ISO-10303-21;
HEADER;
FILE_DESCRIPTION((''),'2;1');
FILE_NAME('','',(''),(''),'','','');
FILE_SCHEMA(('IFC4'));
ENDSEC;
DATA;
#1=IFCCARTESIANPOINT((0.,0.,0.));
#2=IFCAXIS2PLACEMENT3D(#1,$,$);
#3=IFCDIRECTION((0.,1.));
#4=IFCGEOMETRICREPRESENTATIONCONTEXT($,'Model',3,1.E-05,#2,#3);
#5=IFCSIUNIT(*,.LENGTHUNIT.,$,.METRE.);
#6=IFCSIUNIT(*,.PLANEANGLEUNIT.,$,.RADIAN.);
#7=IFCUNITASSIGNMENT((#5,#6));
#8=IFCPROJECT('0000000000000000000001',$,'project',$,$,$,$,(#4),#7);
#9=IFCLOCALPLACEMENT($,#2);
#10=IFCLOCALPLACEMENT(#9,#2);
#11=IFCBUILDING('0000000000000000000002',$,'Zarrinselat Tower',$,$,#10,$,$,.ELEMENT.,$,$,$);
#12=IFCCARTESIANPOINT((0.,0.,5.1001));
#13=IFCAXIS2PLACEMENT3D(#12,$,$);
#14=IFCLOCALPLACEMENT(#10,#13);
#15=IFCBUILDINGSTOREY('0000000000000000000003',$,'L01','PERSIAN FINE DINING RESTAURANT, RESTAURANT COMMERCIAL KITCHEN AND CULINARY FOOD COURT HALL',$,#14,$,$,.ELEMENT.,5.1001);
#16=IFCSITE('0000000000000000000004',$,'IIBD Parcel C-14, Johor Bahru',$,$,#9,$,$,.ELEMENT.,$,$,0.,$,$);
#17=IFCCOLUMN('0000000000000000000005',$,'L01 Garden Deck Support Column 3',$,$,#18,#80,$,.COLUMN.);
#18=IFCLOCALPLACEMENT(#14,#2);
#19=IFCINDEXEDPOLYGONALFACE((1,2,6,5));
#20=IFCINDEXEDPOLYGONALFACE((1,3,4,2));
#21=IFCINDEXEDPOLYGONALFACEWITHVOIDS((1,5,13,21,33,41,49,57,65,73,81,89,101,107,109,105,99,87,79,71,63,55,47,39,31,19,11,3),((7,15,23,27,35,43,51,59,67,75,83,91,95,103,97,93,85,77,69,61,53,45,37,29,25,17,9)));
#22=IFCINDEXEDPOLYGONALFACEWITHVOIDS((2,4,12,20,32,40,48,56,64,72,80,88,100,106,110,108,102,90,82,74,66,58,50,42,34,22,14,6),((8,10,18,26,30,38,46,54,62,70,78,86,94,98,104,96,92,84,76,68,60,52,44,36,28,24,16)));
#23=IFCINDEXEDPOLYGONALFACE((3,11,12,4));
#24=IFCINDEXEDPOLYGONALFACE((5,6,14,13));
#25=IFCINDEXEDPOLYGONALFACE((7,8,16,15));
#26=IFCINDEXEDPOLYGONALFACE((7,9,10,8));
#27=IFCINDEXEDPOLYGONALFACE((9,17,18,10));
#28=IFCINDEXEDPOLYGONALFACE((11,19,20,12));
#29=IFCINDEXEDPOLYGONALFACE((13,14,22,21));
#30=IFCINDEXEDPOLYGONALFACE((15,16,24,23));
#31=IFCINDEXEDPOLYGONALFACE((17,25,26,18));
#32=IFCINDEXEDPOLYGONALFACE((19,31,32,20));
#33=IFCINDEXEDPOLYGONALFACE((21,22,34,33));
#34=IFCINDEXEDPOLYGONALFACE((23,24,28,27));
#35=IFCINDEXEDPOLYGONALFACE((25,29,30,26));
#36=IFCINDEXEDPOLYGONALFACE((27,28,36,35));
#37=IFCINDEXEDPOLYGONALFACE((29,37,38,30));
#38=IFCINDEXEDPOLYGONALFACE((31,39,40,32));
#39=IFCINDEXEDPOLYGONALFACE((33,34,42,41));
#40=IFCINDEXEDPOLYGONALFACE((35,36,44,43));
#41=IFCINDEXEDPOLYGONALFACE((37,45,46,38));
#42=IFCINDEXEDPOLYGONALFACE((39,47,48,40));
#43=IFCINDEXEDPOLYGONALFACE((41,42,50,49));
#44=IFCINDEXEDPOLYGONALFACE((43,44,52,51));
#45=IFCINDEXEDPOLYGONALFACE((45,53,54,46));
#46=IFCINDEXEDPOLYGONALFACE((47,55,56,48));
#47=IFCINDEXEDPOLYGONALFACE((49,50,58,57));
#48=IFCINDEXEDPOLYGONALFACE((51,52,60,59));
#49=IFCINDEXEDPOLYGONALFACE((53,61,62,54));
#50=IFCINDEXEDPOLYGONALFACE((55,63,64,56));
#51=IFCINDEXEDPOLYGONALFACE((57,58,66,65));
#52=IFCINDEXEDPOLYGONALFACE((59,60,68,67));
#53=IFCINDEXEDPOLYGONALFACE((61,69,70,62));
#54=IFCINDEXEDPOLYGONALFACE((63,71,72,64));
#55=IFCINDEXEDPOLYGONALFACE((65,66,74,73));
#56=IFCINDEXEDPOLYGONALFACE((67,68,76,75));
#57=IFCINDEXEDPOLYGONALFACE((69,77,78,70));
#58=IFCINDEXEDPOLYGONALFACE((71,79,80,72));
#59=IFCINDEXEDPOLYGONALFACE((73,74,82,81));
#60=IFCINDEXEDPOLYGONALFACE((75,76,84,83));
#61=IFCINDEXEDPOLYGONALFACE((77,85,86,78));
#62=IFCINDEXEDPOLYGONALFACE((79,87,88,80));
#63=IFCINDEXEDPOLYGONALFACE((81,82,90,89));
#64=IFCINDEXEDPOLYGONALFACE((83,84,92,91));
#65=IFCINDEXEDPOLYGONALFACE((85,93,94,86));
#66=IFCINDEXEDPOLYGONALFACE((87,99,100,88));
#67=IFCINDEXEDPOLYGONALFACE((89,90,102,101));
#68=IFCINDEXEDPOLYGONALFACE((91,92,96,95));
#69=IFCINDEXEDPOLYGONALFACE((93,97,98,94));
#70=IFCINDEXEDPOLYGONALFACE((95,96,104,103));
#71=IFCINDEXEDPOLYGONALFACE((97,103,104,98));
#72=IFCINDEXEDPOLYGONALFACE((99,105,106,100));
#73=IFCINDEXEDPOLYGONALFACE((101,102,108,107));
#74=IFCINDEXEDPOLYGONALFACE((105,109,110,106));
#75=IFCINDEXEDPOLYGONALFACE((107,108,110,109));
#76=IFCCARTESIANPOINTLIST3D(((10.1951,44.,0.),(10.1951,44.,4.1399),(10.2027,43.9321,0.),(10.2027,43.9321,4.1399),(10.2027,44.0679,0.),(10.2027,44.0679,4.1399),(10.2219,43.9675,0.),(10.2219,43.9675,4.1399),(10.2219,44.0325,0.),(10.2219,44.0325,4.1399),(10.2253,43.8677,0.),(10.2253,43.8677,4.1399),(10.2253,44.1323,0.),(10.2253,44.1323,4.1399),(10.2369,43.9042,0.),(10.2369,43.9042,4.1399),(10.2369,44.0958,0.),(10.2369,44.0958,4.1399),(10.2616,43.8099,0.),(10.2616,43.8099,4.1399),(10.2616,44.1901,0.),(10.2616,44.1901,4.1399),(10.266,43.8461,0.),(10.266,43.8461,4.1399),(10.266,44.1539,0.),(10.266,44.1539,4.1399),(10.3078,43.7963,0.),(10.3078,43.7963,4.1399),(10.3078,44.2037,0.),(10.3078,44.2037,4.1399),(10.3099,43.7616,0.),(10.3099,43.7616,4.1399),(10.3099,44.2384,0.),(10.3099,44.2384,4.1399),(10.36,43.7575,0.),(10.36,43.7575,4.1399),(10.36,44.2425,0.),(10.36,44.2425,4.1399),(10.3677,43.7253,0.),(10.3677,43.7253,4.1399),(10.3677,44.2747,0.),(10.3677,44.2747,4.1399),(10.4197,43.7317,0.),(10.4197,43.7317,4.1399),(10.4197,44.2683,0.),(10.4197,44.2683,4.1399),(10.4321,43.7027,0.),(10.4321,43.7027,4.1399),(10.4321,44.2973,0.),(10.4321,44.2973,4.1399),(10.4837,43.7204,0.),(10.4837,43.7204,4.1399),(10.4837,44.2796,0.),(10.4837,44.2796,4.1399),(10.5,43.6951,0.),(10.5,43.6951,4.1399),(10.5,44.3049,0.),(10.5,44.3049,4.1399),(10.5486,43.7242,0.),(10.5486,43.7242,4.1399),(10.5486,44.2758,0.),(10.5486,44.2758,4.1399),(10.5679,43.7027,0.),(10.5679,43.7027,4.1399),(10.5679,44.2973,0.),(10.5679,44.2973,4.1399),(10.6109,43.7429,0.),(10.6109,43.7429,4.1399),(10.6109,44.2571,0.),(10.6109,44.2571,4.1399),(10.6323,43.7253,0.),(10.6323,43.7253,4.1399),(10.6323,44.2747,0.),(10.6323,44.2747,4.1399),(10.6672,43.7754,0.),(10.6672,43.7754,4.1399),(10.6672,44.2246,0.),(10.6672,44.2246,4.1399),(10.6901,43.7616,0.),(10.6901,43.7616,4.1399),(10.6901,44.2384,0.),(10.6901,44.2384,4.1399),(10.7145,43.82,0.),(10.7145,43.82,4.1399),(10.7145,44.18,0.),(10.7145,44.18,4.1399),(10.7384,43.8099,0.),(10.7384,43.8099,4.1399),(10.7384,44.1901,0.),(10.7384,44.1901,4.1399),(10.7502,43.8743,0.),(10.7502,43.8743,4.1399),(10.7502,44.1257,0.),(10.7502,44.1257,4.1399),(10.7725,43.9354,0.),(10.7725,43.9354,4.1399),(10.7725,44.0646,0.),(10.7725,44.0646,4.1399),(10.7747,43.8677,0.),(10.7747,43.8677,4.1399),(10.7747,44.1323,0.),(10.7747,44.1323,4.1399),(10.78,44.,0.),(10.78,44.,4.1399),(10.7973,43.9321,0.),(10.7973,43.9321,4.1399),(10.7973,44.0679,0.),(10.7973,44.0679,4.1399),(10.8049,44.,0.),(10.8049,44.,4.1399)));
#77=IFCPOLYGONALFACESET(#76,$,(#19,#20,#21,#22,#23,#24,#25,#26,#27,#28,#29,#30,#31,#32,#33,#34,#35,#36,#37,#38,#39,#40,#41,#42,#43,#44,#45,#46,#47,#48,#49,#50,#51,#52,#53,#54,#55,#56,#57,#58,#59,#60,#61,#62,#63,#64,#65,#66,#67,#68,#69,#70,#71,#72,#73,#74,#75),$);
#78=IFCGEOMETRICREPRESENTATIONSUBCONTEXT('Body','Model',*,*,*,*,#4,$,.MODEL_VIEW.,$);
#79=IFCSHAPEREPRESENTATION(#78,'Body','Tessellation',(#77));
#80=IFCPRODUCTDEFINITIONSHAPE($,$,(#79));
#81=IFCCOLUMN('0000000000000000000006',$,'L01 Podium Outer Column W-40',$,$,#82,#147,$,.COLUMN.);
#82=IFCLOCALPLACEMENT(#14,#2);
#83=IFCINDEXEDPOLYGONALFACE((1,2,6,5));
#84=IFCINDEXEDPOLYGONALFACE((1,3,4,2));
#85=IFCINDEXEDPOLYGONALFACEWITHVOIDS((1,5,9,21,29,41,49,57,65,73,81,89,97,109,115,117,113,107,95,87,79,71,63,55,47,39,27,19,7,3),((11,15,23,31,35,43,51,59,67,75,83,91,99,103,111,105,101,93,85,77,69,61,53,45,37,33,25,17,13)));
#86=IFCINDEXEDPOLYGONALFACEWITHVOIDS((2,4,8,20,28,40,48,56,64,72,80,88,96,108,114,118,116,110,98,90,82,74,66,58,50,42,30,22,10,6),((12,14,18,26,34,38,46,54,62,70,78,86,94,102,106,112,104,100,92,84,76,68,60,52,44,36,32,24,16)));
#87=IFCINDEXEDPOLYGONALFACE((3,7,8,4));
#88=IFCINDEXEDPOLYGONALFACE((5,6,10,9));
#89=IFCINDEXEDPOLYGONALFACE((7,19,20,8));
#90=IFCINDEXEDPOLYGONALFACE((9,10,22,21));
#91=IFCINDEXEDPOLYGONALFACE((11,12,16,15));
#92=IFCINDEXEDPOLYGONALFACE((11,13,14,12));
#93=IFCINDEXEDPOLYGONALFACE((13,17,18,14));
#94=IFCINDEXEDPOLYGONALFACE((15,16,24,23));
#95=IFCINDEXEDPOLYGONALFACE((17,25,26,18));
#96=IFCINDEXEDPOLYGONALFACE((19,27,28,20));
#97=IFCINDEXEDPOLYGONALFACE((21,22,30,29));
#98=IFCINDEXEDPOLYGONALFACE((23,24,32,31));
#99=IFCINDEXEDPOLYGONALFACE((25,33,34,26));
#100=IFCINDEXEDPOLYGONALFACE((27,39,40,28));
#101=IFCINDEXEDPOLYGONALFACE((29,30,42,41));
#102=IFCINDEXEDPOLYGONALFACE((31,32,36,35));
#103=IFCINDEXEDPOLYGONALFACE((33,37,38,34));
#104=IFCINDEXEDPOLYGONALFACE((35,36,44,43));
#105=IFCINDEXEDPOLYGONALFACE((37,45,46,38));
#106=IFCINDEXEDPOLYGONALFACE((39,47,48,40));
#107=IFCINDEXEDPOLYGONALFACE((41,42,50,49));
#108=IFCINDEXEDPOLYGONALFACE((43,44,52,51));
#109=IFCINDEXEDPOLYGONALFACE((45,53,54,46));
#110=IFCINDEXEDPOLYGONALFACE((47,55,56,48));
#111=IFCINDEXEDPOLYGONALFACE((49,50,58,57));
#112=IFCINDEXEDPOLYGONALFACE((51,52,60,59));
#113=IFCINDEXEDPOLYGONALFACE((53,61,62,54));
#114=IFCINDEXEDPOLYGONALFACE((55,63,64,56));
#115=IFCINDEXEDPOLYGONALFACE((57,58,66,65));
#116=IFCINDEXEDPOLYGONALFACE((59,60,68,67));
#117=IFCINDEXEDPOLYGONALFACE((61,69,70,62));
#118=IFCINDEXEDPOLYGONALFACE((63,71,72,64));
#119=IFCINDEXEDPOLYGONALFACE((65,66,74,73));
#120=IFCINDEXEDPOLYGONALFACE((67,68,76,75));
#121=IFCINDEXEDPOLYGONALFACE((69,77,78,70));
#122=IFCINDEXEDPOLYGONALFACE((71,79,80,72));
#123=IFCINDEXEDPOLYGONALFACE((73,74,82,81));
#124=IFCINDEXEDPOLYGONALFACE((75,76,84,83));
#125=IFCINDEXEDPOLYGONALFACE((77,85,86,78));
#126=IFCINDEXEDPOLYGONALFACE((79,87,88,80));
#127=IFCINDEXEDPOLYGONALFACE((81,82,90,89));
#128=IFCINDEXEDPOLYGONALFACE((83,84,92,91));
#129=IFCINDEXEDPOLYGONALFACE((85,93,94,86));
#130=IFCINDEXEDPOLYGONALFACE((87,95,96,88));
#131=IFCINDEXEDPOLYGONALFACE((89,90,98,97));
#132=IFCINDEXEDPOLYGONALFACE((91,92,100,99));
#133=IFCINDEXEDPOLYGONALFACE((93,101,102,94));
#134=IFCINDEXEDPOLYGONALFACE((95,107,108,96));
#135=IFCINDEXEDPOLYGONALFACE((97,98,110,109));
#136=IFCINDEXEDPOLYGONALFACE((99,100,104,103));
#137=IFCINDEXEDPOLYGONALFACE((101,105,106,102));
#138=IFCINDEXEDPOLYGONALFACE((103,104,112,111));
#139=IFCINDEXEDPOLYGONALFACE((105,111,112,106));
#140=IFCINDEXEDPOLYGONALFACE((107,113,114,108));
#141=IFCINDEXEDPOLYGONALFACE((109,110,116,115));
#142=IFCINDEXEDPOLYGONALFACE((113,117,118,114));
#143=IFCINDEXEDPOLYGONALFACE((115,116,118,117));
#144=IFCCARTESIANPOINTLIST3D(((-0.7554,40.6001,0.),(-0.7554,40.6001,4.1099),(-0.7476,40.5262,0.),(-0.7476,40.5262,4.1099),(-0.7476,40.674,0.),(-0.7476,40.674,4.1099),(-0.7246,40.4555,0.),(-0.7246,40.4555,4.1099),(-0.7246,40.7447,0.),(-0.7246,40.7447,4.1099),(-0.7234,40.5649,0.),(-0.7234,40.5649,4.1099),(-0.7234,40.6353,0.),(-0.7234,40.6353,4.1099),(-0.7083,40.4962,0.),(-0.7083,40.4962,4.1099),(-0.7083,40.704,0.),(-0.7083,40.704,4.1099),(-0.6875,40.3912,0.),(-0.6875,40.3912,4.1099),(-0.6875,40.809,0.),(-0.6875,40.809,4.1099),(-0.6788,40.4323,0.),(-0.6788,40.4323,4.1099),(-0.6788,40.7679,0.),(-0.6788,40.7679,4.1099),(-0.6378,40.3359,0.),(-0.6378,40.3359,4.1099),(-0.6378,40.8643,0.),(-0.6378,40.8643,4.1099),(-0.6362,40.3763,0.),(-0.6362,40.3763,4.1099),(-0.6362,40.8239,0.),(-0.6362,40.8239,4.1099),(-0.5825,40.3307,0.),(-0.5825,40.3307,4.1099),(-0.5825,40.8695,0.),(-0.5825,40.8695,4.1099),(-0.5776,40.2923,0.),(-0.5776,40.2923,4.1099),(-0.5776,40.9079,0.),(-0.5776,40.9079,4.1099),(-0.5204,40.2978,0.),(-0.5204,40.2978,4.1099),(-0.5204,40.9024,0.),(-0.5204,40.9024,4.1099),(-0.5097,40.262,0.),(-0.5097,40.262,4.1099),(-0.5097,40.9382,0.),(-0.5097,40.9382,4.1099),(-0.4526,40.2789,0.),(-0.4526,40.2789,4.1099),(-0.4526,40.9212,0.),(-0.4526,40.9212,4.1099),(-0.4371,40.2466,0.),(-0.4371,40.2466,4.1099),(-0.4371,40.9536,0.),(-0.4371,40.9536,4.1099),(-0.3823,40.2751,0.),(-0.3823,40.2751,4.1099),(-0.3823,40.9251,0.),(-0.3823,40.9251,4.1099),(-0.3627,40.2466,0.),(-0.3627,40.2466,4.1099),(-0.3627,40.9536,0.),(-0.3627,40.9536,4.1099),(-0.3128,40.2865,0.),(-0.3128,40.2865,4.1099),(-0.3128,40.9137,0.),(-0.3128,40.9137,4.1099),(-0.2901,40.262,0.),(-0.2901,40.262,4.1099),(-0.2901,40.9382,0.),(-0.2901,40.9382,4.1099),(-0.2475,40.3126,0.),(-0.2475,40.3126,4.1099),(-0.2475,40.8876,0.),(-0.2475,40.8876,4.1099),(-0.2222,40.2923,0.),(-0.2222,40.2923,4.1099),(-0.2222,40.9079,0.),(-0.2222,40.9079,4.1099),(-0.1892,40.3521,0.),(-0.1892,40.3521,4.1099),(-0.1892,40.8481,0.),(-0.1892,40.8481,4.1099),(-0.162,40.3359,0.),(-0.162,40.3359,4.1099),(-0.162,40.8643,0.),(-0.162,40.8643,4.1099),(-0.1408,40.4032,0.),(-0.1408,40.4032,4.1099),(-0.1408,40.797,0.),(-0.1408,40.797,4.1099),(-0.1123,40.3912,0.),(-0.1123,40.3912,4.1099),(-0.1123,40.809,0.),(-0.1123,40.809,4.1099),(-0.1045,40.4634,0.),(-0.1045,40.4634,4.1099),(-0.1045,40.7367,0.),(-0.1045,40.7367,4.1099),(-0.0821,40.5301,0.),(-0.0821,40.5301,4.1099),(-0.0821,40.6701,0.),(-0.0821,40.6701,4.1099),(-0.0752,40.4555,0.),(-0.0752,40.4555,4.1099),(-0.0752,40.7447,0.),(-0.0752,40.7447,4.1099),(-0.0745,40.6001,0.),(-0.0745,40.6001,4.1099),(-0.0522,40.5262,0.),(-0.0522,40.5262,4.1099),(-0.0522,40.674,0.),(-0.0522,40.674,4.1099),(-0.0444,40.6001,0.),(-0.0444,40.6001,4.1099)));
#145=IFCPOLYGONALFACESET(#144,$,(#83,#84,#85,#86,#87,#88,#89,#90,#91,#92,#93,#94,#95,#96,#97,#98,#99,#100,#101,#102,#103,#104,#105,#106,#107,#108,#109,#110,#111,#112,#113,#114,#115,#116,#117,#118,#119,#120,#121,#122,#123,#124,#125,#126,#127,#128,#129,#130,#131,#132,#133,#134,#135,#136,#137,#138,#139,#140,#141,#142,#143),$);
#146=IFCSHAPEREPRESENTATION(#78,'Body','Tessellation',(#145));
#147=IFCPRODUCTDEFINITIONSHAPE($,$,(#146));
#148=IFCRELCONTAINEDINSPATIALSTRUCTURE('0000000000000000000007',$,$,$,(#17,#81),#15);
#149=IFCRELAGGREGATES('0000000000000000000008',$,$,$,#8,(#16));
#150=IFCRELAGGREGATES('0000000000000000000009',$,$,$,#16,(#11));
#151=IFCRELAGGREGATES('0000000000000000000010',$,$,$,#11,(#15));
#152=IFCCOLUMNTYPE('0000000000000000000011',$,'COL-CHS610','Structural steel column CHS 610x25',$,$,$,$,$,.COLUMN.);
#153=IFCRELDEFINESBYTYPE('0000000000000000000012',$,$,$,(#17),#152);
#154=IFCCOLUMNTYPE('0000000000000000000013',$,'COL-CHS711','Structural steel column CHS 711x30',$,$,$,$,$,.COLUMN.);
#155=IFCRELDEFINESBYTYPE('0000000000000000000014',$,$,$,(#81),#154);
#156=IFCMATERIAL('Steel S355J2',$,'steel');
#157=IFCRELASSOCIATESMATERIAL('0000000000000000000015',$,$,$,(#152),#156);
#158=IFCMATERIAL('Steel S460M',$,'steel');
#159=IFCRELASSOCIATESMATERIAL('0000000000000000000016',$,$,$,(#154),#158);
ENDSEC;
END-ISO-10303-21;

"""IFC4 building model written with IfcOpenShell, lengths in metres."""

from ifc_helpers import new_model, si_unit, direction, frame, origin, origin_2d, place, context, subcontext, project, spatial, hollow_circle, extrude, material, material_profile, profile_set, type_object, element, save


model = new_model("IFC4")

# Units and contexts
model_context = context("Model", 3, precision=1e-05, world=origin(), true_north=direction((0.0, 1.0)))
body_context = subcontext(model_context, "Body", "Model", "MODEL_VIEW")
ifc_project = project(units=[si_unit("LENGTHUNIT", "METRE"), si_unit("PLANEANGLEUNIT", "RADIAN")], contexts=[model_context])

# Site, building, storey
site_placement = place(None, origin())
site = spatial("IfcSite", under=ifc_project, at=site_placement, Name="IIBD Parcel C-14, Johor Bahru", CompositionType="ELEMENT", RefElevation=0.0)
building_placement = place(site_placement, origin())
building = spatial("IfcBuilding", under=site, at=building_placement, Name="Zarrinselat Tower", CompositionType="ELEMENT")
storey_placement = place(building_placement, frame((0.0, 0.0, 5.1001)))
storey = spatial("IfcBuildingStorey", under=building, at=storey_placement, Name="L01", Description="PERSIAN FINE DINING RESTAURANT, RESTAURANT COMMERCIAL KITCHEN AND CULINARY FOOD COURT HALL", CompositionType="ELEMENT", Elevation=5.1001)

# Columns
ifc_material_1 = material(Name="Steel S355J2", Category="steel")
ifc_material_profile_1 = material_profile(ifc_material_1, hollow_circle(Radius=0.3049, WallThickness=0.0249, at=origin_2d()), Name="CHS 610x25")
ifc_profile_set_1 = profile_set([ifc_material_profile_1], Name="Steel S355J2")
column_type_1 = type_object("IfcColumnType", Name="COL-CHS610", Description="Structural steel column CHS 610x25", PredefinedType="COLUMN", material=ifc_profile_set_1)
column_1_placement = place(storey_placement, frame((10.5, 44.0, 0.0), z_axis=(0.0, 0.0, 1.0), x_axis=(1.0, 0.0, 0.0)))
element("IfcColumn", 1, at=column_1_placement, inside=storey, type_object=column_type_1, Name="L01 Garden Deck Support Column 3", PredefinedType="COLUMN", context=body_context, shape_type="SweptSolid", body=[
    extrude(hollow_circle(Radius=0.3049, WallThickness=0.0249, at=origin_2d()), origin(), (0.0, 0.0, 1.0), 4.1399),
])
ifc_material_2 = material(Name="Steel S460M", Category="steel")
ifc_material_profile_2 = material_profile(ifc_material_2, hollow_circle(Radius=0.3555, WallThickness=0.03, at=origin_2d()), Name="CHS 711x30")
ifc_profile_set_2 = profile_set([ifc_material_profile_2], Name="Steel S460M")
column_type_2 = type_object("IfcColumnType", Name="COL-CHS711", Description="Structural steel column CHS 711x30", PredefinedType="COLUMN", material=ifc_profile_set_2)
column_2_placement = place(storey_placement, frame((-0.3999, 40.6001, 0.0), z_axis=(0.0, 0.0, 1.0), x_axis=(1.0, 0.0, 0.0)))
element("IfcColumn", 2, at=column_2_placement, inside=storey, type_object=column_type_2, Name="L01 Podium Outer Column W-40", PredefinedType="COLUMN", context=body_context, shape_type="SweptSolid", body=[
    extrude(hollow_circle(Radius=0.3555, WallThickness=0.03, at=origin_2d()), origin(), (0.0, 0.0, 1.0), 4.1099),
])

save(model, "model.ifc")
